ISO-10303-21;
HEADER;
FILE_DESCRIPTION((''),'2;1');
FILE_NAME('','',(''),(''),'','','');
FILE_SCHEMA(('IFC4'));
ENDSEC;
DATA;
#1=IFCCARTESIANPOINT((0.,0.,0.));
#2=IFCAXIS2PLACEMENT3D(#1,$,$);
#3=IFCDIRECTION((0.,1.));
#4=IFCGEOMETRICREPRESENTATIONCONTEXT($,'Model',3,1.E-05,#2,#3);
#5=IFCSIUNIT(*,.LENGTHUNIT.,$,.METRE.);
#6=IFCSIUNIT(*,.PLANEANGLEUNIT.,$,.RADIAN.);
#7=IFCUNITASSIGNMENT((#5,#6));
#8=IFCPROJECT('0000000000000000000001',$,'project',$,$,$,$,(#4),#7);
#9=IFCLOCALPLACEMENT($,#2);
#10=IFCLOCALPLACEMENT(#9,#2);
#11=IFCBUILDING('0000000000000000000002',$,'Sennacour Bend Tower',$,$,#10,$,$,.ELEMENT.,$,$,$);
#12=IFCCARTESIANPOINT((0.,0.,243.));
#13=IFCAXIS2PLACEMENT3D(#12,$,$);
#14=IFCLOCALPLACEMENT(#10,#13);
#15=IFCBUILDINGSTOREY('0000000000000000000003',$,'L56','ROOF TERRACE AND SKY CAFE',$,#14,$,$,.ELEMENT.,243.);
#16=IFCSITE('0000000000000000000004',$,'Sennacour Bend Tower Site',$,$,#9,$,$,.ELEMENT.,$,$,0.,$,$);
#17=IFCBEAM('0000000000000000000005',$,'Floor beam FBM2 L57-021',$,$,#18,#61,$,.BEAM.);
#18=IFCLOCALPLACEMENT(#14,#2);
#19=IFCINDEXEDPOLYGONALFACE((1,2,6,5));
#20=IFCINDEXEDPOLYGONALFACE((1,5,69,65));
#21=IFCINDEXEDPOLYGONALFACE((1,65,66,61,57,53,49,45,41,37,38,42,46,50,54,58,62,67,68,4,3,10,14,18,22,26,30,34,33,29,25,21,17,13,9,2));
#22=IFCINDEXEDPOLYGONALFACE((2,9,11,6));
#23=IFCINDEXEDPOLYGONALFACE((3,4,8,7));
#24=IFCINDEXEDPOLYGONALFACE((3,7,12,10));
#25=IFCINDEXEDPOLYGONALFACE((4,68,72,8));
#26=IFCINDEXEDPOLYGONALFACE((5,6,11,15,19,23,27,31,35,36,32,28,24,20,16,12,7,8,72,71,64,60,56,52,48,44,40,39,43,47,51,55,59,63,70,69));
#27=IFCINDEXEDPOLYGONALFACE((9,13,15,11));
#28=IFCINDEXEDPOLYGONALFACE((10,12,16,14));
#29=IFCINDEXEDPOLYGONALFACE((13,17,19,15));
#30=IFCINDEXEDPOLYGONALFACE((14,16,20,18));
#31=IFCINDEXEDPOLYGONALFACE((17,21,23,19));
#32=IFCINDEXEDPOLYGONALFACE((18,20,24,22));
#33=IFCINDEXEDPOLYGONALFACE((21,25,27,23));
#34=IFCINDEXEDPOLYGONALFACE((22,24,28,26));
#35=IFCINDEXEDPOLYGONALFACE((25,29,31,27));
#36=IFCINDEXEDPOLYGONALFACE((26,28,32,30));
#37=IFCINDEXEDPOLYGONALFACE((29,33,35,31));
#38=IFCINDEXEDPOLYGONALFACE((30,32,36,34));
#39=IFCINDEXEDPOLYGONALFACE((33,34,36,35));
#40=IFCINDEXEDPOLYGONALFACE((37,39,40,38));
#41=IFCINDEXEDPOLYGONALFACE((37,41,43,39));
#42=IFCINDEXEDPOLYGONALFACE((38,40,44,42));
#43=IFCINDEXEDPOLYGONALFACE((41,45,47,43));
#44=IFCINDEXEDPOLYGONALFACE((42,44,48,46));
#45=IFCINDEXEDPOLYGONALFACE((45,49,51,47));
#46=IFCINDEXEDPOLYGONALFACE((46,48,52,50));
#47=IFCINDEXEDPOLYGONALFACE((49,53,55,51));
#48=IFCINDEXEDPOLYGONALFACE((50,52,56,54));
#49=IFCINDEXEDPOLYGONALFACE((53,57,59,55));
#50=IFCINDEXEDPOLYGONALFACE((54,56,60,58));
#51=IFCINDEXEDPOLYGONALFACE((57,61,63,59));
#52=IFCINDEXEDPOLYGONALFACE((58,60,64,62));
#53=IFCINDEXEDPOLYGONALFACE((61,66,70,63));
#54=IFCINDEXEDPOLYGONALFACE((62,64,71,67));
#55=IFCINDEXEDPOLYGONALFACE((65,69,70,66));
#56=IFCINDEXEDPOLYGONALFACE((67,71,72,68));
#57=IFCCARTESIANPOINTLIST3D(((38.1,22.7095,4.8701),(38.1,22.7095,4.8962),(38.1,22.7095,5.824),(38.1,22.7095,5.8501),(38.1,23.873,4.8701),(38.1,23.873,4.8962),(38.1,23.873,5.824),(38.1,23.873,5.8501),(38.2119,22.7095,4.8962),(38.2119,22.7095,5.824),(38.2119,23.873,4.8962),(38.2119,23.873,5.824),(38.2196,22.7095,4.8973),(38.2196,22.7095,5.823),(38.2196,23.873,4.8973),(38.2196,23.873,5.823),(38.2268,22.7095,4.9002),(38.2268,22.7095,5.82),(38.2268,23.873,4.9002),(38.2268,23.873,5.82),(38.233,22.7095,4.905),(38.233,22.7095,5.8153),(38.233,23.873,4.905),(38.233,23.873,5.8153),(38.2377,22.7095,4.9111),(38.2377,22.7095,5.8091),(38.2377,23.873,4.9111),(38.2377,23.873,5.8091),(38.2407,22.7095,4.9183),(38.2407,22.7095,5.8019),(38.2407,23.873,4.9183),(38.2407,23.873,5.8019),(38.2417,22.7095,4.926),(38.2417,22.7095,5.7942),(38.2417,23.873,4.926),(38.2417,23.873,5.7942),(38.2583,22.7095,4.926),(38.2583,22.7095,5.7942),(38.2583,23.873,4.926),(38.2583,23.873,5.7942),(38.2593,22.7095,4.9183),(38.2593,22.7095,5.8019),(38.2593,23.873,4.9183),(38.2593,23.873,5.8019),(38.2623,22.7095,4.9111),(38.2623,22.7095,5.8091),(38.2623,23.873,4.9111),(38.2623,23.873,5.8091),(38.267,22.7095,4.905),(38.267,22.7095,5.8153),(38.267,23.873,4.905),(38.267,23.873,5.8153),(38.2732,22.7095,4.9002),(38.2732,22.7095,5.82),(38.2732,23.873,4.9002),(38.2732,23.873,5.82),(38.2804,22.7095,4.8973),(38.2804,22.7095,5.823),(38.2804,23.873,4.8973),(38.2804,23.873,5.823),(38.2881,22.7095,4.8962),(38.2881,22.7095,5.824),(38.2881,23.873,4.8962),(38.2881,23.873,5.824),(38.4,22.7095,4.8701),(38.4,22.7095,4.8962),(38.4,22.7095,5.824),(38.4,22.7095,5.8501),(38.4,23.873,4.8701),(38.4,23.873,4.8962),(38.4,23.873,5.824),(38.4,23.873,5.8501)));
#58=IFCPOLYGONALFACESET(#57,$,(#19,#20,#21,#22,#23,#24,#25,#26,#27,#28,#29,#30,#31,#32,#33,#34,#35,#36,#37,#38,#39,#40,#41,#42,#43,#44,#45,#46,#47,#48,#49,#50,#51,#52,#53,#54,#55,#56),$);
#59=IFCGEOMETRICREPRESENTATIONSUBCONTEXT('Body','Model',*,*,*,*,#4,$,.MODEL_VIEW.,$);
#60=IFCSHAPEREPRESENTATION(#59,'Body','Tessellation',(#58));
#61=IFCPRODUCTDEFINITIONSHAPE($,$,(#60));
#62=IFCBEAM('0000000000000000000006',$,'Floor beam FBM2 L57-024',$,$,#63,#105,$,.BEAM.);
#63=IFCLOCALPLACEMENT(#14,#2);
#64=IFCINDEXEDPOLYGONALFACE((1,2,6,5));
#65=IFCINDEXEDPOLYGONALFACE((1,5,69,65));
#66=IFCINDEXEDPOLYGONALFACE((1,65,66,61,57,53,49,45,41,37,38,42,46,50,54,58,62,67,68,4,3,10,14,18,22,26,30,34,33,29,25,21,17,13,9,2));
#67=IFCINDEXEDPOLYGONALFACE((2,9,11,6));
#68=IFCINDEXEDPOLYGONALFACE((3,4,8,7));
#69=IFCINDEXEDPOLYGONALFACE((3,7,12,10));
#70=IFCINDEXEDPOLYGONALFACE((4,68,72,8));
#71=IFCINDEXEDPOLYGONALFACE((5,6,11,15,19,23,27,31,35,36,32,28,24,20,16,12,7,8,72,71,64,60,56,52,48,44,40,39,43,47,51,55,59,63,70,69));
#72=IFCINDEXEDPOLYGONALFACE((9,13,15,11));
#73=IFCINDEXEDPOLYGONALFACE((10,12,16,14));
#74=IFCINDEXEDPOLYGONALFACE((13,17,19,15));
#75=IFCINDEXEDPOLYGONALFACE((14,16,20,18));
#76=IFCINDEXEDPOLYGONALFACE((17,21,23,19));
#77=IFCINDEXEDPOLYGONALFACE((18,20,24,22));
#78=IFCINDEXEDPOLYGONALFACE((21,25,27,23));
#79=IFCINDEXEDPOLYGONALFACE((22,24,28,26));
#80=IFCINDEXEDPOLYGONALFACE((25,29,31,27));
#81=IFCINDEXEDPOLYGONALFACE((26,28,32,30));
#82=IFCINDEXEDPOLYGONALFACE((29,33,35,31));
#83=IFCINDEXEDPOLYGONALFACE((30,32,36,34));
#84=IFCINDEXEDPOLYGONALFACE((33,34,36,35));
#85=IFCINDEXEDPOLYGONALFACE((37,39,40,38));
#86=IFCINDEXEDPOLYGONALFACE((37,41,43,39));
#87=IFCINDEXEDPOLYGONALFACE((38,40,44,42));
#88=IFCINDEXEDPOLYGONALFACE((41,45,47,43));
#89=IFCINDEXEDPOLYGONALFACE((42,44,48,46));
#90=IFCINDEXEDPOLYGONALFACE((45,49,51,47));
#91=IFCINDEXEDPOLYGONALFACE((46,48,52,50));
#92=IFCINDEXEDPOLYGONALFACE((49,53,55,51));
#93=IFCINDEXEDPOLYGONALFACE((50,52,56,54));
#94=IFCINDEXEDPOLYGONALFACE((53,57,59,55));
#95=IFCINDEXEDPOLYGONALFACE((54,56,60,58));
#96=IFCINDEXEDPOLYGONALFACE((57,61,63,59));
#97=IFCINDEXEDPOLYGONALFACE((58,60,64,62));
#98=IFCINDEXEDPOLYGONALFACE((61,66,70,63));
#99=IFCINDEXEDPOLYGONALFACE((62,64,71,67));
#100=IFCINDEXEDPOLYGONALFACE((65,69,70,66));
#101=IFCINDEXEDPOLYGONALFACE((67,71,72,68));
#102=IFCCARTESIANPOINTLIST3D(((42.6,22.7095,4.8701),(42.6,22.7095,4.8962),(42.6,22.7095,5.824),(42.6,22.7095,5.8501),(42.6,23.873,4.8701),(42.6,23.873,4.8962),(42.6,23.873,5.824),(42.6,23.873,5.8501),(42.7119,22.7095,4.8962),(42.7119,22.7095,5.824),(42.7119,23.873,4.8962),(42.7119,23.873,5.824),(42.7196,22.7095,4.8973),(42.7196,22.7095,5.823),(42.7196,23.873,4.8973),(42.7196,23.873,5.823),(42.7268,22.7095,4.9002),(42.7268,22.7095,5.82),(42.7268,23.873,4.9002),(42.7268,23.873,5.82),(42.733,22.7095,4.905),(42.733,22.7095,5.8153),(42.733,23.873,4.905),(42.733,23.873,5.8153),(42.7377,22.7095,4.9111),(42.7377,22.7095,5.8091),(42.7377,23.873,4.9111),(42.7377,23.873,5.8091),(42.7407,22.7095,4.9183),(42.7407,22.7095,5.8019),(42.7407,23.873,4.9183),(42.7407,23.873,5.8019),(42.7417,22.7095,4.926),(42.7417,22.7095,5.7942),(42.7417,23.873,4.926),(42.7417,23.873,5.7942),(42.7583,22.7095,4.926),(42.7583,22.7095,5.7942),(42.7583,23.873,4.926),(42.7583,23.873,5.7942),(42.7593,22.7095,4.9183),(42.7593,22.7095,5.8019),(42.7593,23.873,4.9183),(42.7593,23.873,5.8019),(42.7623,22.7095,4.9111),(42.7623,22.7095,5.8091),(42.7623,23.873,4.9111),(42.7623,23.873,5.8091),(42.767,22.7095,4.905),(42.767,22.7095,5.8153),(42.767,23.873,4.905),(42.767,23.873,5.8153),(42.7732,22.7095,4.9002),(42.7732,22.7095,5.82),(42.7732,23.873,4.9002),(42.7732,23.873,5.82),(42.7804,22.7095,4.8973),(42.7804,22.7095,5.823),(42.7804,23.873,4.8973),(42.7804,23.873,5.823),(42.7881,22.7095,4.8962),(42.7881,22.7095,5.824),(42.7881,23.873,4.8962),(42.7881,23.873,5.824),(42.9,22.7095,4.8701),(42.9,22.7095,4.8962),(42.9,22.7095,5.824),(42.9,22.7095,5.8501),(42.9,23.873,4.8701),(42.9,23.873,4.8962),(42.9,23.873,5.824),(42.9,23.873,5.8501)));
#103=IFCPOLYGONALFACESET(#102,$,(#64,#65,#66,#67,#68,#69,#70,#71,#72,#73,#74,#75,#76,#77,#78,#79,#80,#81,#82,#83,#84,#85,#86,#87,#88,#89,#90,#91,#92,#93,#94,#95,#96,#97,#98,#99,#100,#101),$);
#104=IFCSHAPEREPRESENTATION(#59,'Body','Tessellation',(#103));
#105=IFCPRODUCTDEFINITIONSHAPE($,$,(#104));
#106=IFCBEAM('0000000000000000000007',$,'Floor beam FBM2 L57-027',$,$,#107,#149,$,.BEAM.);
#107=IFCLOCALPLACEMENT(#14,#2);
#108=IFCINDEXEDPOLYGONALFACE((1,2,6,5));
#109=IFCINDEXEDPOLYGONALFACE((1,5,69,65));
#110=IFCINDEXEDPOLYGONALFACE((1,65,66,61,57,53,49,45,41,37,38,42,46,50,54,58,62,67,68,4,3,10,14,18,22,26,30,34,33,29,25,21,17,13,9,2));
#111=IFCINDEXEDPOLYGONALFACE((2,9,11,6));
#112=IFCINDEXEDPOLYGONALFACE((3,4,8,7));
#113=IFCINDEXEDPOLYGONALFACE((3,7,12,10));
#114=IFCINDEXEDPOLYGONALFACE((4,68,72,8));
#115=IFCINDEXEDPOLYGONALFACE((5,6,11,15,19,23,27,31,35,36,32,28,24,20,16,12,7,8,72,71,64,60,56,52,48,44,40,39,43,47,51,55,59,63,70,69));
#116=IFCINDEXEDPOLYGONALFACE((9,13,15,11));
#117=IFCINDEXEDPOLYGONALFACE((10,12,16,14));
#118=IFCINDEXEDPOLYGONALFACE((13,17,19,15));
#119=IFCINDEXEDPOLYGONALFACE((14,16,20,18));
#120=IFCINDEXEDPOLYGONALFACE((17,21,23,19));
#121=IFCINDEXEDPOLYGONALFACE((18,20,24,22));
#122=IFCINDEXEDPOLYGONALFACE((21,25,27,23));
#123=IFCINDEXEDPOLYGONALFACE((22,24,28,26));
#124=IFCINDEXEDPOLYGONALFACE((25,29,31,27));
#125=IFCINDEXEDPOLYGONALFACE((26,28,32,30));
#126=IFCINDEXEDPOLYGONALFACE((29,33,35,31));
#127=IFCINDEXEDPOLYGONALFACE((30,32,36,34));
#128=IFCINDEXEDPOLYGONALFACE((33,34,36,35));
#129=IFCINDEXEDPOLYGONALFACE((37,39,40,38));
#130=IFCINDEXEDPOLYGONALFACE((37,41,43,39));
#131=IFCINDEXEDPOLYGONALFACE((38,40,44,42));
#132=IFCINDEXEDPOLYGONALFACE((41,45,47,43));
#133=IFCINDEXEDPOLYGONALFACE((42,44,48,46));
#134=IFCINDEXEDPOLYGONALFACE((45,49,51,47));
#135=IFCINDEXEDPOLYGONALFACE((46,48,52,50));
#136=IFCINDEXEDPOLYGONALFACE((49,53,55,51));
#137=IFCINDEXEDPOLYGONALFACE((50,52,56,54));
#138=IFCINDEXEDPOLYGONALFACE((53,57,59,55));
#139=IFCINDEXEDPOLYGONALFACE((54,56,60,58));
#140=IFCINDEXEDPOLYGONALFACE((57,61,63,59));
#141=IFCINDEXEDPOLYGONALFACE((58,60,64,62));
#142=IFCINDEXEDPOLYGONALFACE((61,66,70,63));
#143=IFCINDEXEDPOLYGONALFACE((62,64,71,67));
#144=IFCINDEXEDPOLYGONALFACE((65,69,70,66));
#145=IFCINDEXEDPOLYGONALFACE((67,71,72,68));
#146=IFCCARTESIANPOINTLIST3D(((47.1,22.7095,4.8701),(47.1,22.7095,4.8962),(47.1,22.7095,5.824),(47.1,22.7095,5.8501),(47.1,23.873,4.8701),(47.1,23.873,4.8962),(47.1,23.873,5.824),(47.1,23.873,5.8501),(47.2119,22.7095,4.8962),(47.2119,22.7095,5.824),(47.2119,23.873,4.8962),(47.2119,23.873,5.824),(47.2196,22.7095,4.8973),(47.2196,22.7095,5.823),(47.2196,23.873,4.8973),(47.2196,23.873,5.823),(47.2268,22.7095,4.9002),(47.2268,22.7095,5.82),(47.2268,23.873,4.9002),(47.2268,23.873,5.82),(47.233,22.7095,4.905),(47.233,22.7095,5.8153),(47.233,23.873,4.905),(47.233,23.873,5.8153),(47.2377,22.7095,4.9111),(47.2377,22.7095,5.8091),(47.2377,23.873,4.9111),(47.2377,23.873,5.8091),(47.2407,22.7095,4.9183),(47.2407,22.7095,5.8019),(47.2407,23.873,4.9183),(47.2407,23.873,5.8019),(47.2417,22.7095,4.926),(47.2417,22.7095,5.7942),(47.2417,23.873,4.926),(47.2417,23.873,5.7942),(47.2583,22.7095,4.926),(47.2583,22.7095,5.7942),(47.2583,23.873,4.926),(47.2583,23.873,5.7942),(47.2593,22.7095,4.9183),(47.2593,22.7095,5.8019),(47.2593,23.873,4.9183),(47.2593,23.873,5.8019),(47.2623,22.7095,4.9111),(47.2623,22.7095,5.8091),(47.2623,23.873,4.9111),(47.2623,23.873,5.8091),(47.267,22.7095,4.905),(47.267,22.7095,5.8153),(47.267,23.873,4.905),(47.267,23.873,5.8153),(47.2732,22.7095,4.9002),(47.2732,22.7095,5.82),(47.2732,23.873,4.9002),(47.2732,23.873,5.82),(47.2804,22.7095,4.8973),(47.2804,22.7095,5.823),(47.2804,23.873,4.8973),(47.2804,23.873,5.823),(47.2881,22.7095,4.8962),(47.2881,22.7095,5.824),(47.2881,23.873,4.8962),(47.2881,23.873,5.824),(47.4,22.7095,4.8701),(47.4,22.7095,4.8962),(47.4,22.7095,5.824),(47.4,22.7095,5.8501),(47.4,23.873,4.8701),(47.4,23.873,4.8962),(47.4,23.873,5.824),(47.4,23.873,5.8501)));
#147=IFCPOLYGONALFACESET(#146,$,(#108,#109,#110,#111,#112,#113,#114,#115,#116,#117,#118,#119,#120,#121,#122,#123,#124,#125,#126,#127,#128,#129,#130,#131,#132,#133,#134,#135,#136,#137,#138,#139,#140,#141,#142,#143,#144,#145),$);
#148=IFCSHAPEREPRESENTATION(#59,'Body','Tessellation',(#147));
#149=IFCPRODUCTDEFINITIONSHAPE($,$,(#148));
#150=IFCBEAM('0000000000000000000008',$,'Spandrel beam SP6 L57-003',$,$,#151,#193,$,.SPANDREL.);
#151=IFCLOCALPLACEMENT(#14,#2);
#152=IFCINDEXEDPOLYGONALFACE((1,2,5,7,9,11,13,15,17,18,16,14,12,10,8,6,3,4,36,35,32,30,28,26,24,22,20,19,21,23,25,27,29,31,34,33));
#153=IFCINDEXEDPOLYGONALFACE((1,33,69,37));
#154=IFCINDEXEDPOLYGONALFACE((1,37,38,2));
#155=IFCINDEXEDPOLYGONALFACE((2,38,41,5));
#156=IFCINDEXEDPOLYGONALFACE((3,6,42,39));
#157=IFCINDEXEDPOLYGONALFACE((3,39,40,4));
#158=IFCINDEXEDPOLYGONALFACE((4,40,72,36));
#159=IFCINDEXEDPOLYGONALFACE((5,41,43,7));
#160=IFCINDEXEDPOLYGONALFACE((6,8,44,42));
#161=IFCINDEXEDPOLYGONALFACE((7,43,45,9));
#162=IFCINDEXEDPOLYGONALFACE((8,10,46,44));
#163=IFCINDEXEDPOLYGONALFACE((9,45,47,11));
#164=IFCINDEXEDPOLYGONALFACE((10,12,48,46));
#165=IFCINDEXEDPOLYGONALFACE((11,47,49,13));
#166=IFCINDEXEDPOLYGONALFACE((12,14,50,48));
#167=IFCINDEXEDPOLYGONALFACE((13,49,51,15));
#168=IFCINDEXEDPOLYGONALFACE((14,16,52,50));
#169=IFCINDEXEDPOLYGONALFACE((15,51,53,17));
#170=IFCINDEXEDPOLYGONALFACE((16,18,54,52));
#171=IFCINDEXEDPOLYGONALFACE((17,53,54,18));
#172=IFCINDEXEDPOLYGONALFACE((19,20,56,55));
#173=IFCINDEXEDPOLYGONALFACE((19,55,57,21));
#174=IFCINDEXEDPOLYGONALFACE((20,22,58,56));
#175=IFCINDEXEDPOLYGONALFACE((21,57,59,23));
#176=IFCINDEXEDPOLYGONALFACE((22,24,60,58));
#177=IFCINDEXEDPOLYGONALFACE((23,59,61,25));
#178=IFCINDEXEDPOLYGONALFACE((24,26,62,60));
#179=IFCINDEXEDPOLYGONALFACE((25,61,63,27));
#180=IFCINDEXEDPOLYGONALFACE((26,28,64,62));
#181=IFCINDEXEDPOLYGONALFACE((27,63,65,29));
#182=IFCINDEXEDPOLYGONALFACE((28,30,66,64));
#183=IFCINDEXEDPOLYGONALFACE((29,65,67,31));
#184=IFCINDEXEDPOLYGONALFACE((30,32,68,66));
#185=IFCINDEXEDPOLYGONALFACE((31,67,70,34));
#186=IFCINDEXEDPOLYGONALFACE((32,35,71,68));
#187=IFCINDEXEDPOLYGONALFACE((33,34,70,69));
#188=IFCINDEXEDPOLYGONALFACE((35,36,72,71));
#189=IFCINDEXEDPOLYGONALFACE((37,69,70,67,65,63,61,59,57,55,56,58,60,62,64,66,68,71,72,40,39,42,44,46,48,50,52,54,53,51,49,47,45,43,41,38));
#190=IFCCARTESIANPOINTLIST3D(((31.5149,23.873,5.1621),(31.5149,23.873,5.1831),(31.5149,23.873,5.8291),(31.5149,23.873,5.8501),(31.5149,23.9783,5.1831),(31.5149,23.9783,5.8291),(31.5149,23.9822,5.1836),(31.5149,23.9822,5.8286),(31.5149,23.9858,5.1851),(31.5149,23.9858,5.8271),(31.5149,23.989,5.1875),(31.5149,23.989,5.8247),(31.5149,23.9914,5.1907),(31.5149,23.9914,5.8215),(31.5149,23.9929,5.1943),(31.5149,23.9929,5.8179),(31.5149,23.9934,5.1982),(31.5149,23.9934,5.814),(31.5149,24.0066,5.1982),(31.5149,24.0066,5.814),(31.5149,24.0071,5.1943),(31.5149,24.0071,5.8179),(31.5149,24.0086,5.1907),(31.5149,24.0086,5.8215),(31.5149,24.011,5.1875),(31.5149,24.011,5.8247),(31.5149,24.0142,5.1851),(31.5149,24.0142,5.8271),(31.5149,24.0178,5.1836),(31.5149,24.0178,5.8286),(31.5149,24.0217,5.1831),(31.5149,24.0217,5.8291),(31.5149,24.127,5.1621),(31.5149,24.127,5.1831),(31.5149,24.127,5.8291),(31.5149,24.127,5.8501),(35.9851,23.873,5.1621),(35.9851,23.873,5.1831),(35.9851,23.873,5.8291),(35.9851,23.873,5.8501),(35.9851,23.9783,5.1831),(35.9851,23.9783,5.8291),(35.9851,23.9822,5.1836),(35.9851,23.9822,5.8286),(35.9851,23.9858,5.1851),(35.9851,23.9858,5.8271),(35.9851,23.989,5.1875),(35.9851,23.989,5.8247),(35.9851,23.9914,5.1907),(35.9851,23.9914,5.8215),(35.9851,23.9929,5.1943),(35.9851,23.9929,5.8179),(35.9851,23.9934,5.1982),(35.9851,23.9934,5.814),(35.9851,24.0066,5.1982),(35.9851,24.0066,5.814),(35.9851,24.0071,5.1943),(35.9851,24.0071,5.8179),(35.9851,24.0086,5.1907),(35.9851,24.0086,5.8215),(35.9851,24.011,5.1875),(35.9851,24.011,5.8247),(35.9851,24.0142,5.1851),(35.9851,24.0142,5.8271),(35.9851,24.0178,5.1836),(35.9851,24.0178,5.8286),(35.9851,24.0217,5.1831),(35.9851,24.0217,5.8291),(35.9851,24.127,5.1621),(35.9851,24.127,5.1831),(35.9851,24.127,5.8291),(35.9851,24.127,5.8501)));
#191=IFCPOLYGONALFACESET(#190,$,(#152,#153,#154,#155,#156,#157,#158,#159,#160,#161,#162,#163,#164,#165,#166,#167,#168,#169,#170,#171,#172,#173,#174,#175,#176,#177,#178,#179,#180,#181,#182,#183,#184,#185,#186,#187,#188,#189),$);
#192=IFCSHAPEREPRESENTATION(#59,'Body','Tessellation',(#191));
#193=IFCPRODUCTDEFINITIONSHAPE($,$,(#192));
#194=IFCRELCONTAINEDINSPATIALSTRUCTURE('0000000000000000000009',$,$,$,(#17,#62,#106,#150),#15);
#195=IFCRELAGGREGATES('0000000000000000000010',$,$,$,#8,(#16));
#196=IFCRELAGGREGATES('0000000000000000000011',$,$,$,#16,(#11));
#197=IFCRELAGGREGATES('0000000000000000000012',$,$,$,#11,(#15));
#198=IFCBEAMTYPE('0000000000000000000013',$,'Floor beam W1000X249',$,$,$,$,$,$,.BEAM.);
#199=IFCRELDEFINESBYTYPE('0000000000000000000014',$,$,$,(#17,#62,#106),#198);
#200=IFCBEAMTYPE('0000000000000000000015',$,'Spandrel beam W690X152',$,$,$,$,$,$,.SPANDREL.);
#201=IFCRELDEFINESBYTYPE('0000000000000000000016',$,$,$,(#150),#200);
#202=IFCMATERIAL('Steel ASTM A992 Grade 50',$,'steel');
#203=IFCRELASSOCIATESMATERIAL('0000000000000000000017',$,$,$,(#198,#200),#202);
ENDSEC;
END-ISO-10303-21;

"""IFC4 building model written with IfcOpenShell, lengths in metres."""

from ifc_helpers import new_model, si_unit, direction, frame, origin, origin_2d, place, context, subcontext, project, spatial, i_section, extrude, material, material_profile, profile_set, type_object, element, save


model = new_model("IFC4")

# Units and contexts
model_context = context("Model", 3, precision=1e-05, world=origin(), true_north=direction((0.0, 1.0)))
body_context = subcontext(model_context, "Body", "Model", "MODEL_VIEW")
ifc_project = project(units=[si_unit("LENGTHUNIT", "METRE"), si_unit("PLANEANGLEUNIT", "RADIAN")], contexts=[model_context])

# Site, building, storey
site_placement = place(None, origin())
site = spatial("IfcSite", under=ifc_project, at=site_placement, Name="Sennacour Bend Tower Site", CompositionType="ELEMENT", RefElevation=0.0)
building_placement = place(site_placement, origin())
building = spatial("IfcBuilding", under=site, at=building_placement, Name="Sennacour Bend Tower", CompositionType="ELEMENT")
storey_placement = place(building_placement, frame((0.0, 0.0, 243.0)))
storey = spatial("IfcBuildingStorey", under=building, at=storey_placement, Name="L56", Description="ROOF TERRACE AND SKY CAFE", CompositionType="ELEMENT", Elevation=243.0)

# Shared definitions
ifc_material_1 = material(Name="Steel ASTM A992 Grade 50", Category="steel")

# Beams
ifc_material_profile_1 = material_profile(ifc_material_1, i_section(OverallWidth=0.3, OverallDepth=0.98, WebThickness=0.0166, FlangeThickness=0.0261, FilletRadius=0.0298, at=origin_2d()), Name="Steel ASTM A992 Grade 50", Category="steel")
ifc_profile_set_1 = profile_set([ifc_material_profile_1], Name="Steel ASTM A992 Grade 50")
beam_type_1 = type_object("IfcBeamType", Name="Floor beam W1000X249", PredefinedType="BEAM", material=ifc_profile_set_1)
for number, where, z_axis, x_axis, name in (
    (1, (38.25, 22.7095, 5.3601), (0.0, 1.0, 0.0), (-1.0, 0.0, 0.0), "Floor beam FBM2 L57-021"),
    (2, (42.75, 22.7095, 5.3601), (0.0, 1.0, 0.0), (-1.0, 0.0, 0.0), "Floor beam FBM2 L57-024"),
    (3, (47.25, 22.7095, 5.3601), (0.0, 1.0, 0.0), (-1.0, 0.0, 0.0), "Floor beam FBM2 L57-027"),
):
    element("IfcBeam", number, at=place(storey_placement, frame(where, z_axis=z_axis, x_axis=x_axis)), inside=storey, type_object=beam_type_1, Name=name, PredefinedType="BEAM", context=body_context, shape_type="SweptSolid", body=[
        extrude(i_section(OverallWidth=0.3, OverallDepth=0.98, WebThickness=0.0166, FlangeThickness=0.0261, FilletRadius=0.0298, at=origin_2d()), origin(), (0.0, 0.0, 1.0), 1.1636),
    ])
ifc_material_profile_2 = material_profile(ifc_material_1, i_section(OverallWidth=0.2539, OverallDepth=0.688, WebThickness=0.0132, FlangeThickness=0.021, FilletRadius=0.0151, at=origin_2d()), Name="Steel ASTM A992 Grade 50", Category="steel")
ifc_profile_set_2 = profile_set([ifc_material_profile_2], Name="Steel ASTM A992 Grade 50")
beam_type_2 = type_object("IfcBeamType", Name="Spandrel beam W690X152", PredefinedType="SPANDREL", material=ifc_profile_set_2)
for number, where, z_axis, x_axis, name in (
    (4, (31.5149, 24.0, 5.5061), (1.0, 0.0, 0.0), (0.0, 1.0, 0.0), "Spandrel beam SP6 L57-003"),
):
    element("IfcBeam", number, at=place(storey_placement, frame(where, z_axis=z_axis, x_axis=x_axis)), inside=storey, type_object=beam_type_2, Name=name, PredefinedType="SPANDREL", context=body_context, shape_type="SweptSolid", body=[
        extrude(i_section(OverallWidth=0.2539, OverallDepth=0.688, WebThickness=0.0132, FlangeThickness=0.021, FilletRadius=0.0151, at=origin_2d()), origin(), (0.0, 0.0, 1.0), 4.4702),
    ])

save(model, "model.ifc")
